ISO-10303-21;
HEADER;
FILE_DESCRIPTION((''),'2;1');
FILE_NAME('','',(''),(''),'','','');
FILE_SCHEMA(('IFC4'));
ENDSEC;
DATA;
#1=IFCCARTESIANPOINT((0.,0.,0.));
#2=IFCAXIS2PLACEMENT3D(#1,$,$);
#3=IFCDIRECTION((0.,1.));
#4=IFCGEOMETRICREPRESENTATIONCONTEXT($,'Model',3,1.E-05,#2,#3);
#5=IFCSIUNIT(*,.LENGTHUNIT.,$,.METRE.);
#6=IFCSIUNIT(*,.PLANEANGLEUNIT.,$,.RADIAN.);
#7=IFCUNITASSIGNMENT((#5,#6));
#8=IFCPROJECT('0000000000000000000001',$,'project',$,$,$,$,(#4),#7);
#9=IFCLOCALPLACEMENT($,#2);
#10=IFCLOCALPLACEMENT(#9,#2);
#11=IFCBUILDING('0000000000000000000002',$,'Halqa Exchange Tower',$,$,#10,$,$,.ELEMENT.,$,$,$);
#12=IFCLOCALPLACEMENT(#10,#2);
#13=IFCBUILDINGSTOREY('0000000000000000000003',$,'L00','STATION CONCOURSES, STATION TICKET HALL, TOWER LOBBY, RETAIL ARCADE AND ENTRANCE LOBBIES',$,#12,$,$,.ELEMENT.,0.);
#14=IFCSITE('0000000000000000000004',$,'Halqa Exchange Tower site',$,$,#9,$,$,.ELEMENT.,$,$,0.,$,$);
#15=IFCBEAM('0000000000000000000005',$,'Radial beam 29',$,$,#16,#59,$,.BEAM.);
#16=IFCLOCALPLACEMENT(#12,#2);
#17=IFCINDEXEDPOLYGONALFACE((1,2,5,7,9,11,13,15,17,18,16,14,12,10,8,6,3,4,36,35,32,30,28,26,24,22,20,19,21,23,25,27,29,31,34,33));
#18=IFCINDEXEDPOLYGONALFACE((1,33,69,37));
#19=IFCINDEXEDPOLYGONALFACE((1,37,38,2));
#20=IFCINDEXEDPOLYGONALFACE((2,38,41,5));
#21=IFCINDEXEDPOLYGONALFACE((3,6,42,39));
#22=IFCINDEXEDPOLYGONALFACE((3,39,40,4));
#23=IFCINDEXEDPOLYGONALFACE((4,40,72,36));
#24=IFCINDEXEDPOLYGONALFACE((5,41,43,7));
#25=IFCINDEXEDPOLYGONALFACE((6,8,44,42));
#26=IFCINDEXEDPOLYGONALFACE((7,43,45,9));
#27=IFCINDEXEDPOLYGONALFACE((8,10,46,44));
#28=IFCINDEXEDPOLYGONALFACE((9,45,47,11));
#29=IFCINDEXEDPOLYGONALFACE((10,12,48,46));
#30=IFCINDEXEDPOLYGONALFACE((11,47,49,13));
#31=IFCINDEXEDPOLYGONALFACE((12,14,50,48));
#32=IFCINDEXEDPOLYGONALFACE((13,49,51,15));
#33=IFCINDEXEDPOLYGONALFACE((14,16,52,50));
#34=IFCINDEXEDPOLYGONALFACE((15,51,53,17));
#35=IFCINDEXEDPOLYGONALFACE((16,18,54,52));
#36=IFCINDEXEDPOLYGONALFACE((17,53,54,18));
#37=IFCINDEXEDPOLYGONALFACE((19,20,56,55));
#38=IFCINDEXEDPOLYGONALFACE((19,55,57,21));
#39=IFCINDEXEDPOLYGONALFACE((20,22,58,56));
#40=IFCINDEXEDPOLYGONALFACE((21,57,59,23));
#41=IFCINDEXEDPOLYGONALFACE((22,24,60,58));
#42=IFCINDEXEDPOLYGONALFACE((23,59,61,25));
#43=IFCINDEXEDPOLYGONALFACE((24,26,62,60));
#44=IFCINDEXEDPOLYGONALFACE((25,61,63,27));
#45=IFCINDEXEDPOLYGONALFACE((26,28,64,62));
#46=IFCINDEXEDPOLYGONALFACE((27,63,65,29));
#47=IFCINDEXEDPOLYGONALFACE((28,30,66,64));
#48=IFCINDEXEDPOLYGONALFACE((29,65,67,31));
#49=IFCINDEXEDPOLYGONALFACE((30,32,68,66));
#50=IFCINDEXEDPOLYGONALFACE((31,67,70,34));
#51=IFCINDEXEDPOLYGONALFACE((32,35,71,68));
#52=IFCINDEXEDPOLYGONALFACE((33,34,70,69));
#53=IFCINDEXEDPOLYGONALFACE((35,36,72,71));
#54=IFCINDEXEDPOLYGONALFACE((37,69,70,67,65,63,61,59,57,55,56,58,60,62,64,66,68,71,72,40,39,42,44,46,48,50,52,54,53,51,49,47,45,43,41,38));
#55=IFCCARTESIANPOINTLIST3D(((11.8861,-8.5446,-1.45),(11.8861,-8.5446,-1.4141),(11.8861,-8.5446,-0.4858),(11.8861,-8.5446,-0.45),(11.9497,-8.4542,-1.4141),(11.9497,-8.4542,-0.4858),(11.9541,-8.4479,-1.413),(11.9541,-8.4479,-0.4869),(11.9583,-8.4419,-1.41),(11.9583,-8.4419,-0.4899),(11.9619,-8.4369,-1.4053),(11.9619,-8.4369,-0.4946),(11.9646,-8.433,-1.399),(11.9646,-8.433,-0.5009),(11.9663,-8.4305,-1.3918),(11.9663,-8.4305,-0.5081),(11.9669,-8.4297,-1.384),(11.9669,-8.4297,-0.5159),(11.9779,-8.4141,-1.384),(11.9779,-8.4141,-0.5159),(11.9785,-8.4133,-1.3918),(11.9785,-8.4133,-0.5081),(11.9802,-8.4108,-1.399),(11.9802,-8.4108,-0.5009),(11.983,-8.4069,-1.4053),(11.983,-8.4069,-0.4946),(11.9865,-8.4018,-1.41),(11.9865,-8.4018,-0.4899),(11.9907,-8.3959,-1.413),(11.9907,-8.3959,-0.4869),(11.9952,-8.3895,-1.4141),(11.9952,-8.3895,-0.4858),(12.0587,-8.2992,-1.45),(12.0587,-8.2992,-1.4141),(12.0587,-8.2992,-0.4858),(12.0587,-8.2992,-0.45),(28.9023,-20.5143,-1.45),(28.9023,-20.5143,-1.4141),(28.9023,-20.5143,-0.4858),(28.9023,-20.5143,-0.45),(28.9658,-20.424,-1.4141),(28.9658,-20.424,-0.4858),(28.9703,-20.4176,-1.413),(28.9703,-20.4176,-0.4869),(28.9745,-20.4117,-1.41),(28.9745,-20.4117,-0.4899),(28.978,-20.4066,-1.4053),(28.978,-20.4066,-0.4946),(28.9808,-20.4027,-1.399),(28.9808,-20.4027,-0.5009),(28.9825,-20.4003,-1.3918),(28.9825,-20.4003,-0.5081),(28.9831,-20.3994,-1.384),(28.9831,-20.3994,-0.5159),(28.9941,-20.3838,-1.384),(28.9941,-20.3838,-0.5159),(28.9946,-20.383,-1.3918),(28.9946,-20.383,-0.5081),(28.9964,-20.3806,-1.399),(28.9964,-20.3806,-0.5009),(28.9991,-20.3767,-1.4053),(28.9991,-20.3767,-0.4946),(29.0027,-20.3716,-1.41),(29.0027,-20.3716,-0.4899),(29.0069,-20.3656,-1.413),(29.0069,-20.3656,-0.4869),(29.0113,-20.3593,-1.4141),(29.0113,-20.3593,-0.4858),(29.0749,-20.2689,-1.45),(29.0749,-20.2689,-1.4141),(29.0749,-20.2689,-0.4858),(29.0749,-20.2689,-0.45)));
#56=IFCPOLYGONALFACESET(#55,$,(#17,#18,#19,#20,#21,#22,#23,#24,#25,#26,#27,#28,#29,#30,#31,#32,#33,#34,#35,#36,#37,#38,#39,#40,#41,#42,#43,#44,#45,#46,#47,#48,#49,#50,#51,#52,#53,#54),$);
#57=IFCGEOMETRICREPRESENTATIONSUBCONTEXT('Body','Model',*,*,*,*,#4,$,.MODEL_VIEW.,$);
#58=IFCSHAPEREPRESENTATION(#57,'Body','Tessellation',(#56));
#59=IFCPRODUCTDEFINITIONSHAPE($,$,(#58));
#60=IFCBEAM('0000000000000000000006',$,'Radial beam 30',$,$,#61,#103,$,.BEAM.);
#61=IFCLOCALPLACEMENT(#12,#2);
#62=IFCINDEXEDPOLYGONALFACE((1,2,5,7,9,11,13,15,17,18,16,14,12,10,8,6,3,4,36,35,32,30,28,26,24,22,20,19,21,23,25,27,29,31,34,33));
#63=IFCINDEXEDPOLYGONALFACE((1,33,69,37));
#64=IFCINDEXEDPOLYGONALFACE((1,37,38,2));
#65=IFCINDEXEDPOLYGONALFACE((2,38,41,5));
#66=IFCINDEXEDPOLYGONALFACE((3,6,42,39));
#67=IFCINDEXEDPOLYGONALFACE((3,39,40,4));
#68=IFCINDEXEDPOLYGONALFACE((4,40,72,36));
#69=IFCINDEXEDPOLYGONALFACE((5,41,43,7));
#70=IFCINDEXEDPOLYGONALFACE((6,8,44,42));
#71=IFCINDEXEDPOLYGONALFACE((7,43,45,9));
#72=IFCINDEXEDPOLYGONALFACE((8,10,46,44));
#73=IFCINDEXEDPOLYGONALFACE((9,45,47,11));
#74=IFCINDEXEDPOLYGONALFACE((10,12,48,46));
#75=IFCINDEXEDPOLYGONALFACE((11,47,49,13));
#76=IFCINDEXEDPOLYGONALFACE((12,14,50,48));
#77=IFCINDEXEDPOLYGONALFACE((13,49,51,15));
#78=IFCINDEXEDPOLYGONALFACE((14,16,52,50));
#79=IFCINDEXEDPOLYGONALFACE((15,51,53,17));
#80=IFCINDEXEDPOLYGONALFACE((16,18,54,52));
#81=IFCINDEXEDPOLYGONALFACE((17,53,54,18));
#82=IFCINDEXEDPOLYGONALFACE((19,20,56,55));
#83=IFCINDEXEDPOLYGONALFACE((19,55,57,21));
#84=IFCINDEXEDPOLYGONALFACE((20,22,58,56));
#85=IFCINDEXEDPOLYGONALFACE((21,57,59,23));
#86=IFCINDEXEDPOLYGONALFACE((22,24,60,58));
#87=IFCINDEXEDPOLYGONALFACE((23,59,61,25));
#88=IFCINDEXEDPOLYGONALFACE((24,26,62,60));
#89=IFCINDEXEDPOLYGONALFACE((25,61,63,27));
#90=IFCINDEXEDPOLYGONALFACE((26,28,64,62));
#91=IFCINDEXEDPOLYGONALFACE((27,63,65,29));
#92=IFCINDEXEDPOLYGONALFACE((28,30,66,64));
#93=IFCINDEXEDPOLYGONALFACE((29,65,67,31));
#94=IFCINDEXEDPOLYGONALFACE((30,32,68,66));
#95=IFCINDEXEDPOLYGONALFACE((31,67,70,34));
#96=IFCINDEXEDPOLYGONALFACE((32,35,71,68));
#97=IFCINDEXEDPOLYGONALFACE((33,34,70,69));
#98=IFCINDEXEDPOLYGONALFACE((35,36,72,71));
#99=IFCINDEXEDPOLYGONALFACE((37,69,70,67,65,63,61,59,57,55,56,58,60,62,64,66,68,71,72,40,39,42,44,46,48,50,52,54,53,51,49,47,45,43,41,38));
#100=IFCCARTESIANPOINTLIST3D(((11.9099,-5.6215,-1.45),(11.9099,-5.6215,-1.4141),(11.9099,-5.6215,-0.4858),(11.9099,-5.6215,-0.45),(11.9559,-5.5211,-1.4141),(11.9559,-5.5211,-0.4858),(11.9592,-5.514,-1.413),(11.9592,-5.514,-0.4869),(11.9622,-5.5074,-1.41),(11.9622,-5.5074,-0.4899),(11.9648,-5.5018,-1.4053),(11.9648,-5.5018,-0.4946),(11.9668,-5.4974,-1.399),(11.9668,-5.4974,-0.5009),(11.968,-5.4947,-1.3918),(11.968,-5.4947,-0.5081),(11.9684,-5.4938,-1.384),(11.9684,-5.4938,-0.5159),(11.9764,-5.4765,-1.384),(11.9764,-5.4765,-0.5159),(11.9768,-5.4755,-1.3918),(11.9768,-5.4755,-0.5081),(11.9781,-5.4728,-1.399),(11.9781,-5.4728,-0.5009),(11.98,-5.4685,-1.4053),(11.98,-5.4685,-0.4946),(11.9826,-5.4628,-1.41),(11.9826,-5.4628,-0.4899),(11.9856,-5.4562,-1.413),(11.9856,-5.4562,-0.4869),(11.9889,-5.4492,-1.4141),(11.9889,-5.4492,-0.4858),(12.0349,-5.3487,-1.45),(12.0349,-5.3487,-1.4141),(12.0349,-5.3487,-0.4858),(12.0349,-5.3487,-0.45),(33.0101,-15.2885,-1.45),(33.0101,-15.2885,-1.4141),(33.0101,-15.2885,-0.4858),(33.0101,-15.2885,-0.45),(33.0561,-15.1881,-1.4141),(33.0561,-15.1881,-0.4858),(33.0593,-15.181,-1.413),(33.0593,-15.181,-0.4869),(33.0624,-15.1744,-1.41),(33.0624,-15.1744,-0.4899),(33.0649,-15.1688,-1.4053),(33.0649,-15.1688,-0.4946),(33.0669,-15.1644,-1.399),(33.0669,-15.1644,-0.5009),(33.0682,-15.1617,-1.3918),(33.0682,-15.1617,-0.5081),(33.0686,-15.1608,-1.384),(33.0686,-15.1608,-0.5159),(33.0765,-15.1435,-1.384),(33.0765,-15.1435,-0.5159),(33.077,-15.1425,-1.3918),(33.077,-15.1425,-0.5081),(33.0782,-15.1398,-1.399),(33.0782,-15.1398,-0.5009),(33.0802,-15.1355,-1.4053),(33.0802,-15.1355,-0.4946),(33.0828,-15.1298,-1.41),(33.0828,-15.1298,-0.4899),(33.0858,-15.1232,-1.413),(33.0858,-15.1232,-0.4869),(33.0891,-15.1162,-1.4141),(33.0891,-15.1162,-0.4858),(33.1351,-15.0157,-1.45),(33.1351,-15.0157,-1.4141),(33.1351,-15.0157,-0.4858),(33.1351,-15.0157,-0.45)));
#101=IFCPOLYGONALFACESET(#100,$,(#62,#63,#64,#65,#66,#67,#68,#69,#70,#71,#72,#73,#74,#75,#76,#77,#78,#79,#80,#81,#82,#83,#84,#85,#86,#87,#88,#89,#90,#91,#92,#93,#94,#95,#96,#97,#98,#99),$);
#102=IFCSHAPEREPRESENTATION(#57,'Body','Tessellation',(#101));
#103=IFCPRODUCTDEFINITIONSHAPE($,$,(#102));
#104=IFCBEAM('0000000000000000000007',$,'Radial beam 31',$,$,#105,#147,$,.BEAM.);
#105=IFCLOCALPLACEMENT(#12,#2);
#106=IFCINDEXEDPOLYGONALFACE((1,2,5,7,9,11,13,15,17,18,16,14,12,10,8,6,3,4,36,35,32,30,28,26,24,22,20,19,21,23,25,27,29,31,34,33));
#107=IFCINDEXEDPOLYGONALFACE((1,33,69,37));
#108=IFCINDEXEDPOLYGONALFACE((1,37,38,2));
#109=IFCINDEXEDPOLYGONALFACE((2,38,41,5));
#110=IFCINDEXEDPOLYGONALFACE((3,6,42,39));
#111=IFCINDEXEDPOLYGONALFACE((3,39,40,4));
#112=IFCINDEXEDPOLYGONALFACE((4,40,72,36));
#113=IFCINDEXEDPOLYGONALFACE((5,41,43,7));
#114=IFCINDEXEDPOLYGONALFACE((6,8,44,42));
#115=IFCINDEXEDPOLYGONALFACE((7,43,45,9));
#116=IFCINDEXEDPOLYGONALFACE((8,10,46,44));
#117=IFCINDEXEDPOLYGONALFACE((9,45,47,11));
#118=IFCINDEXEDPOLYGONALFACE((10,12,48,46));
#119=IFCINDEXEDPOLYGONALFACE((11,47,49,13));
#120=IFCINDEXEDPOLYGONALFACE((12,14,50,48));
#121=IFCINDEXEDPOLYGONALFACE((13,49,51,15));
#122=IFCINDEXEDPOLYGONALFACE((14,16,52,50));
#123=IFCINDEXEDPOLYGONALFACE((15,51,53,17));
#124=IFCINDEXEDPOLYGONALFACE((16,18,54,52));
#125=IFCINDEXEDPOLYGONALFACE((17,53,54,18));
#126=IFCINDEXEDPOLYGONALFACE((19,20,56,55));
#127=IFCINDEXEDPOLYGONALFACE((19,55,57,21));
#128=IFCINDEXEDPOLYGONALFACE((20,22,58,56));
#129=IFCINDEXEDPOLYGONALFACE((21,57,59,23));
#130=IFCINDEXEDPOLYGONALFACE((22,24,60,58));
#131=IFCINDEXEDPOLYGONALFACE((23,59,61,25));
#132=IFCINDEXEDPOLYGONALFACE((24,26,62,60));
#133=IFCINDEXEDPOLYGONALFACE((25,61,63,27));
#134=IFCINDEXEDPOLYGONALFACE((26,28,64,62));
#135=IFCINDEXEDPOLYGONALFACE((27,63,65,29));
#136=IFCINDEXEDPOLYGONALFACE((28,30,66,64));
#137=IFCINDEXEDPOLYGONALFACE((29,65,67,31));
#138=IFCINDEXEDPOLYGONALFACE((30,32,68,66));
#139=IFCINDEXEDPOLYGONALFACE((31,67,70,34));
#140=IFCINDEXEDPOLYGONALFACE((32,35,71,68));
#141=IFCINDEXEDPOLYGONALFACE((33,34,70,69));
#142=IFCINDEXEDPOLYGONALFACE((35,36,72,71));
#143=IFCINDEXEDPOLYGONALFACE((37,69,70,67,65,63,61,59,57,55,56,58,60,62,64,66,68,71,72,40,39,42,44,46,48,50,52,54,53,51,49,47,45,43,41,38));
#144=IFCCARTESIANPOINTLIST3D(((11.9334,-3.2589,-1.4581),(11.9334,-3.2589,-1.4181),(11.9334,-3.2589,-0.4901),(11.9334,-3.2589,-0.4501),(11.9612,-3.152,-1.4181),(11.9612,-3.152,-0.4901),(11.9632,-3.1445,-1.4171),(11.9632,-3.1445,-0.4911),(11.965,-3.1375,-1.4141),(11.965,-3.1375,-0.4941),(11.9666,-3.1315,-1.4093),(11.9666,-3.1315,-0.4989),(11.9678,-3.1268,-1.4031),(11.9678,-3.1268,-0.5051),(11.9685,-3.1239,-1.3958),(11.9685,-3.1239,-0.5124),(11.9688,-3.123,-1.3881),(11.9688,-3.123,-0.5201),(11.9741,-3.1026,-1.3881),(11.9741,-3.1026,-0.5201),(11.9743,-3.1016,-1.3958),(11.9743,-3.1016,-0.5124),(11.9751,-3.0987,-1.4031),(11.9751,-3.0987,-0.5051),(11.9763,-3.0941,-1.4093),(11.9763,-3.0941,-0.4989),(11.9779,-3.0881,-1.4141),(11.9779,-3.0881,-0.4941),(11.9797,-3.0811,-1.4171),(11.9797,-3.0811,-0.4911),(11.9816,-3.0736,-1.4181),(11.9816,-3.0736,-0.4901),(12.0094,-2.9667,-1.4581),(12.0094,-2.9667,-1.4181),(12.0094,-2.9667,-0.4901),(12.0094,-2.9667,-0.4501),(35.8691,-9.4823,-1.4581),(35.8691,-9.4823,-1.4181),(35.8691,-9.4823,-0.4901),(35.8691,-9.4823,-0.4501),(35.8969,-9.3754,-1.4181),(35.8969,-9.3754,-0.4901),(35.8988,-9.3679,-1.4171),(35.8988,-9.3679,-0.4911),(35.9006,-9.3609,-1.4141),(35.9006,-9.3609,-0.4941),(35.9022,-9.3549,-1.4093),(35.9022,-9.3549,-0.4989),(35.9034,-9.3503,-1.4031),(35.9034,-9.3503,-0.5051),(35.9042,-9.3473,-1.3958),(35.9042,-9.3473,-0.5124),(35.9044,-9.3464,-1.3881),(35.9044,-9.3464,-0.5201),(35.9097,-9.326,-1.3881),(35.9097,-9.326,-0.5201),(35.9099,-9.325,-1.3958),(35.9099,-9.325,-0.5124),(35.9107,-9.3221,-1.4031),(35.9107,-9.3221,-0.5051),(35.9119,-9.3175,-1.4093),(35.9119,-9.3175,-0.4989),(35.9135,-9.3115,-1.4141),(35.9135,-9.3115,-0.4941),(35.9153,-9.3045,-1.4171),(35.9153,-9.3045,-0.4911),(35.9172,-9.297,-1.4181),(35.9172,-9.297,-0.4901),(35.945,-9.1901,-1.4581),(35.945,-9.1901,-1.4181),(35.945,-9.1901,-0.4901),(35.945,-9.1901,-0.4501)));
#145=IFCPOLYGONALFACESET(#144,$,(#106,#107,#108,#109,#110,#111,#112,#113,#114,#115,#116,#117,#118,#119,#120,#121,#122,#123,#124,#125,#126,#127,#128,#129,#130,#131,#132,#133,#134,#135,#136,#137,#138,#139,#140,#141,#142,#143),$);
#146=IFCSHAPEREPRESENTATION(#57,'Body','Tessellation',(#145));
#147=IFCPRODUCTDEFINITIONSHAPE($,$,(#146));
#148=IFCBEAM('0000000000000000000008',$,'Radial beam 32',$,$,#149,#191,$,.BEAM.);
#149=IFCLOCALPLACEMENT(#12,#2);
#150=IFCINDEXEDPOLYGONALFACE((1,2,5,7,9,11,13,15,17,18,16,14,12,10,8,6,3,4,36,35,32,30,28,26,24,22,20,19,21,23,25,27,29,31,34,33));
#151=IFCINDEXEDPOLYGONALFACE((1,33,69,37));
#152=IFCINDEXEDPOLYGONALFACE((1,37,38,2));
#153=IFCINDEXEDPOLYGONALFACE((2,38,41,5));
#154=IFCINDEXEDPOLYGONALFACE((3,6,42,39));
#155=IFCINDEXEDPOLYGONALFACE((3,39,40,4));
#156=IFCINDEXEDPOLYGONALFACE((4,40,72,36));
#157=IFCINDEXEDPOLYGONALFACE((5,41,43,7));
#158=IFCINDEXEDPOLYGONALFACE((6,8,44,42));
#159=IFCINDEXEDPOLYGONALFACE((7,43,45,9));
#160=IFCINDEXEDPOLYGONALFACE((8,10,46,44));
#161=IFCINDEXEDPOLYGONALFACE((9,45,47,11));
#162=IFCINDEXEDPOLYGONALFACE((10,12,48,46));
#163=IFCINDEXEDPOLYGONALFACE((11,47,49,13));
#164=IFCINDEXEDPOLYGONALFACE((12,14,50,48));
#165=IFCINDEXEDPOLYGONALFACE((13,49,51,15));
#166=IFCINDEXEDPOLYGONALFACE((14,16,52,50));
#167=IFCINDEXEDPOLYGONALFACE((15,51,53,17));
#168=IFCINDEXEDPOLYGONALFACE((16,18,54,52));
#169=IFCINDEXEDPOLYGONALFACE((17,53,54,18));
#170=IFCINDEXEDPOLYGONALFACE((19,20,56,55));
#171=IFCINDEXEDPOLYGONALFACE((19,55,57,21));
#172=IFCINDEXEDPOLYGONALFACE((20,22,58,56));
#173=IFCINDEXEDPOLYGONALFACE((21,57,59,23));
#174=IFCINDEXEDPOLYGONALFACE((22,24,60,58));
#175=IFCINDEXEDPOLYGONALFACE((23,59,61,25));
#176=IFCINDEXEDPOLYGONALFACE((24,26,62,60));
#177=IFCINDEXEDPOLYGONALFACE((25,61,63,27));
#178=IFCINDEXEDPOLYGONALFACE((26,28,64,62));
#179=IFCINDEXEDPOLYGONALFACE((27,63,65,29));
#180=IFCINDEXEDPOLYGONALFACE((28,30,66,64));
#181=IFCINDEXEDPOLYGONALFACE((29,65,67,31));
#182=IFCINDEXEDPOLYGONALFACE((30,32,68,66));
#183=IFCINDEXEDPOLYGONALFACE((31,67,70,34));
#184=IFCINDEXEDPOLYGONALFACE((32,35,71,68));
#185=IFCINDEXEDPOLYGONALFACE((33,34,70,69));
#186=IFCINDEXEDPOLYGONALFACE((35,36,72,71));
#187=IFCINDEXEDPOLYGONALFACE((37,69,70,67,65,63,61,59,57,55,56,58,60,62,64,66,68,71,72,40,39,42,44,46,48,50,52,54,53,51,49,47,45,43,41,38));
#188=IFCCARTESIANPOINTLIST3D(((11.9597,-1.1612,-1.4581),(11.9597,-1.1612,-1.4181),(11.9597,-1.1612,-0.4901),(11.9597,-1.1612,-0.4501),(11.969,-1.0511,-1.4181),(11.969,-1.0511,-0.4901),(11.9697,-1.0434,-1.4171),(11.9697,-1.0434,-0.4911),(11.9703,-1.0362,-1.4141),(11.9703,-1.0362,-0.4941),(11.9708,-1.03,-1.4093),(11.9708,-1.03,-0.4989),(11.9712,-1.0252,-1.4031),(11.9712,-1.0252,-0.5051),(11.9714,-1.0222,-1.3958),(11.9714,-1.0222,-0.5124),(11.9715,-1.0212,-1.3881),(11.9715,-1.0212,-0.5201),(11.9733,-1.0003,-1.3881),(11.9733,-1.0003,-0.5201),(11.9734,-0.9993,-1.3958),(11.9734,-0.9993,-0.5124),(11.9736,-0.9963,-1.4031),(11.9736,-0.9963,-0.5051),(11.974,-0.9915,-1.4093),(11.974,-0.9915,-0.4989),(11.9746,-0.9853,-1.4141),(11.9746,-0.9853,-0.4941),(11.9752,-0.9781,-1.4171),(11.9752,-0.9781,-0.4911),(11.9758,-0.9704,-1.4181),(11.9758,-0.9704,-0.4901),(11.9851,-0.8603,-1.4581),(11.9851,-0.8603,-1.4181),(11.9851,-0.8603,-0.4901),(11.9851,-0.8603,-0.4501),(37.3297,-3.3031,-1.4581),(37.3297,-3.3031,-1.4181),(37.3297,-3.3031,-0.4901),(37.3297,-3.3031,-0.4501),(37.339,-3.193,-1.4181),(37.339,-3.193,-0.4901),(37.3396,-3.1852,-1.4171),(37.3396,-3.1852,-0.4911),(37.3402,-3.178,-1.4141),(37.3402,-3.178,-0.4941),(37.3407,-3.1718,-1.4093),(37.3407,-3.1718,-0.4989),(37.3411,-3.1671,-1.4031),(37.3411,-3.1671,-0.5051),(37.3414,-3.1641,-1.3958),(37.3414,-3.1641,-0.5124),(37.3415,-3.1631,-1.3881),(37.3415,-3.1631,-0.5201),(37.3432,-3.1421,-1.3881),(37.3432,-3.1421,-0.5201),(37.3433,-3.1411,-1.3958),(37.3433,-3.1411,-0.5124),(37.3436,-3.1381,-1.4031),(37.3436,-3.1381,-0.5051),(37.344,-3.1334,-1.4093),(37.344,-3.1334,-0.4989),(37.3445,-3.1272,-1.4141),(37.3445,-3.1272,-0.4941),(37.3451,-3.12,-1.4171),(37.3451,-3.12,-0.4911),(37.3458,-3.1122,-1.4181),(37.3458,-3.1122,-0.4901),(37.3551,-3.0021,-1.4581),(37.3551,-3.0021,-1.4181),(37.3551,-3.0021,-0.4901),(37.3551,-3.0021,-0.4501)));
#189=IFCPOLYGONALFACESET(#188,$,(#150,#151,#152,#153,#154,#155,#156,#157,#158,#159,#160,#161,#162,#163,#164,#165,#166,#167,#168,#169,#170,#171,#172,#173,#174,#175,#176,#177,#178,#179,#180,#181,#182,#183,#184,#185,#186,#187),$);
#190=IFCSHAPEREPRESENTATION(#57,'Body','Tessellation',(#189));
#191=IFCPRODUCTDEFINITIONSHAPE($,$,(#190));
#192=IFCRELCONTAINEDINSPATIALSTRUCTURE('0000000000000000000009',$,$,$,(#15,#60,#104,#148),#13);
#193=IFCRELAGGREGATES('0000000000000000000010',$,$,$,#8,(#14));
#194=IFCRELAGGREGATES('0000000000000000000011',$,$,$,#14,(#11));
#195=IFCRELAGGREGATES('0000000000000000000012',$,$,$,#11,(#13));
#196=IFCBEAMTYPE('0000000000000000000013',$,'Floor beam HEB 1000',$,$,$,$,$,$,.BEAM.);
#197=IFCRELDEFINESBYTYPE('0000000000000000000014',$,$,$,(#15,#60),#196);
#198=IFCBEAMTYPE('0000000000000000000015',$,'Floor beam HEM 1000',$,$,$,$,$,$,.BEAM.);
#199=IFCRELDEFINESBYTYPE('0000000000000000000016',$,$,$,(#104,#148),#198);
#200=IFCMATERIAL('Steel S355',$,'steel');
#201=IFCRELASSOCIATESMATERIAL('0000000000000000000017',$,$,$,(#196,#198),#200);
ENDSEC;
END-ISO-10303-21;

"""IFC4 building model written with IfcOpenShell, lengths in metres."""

from ifc_helpers import new_model, si_unit, direction, frame, origin, origin_2d, place, context, subcontext, project, spatial, i_section, extrude, material, material_profile, profile_set, type_object, element, save


model = new_model("IFC4")

# Units and contexts
model_context = context("Model", 3, precision=1e-05, world=origin(), true_north=direction((0.0, 1.0)))
body_context = subcontext(model_context, "Body", "Model", "MODEL_VIEW")
ifc_project = project(units=[si_unit("LENGTHUNIT", "METRE"), si_unit("PLANEANGLEUNIT", "RADIAN")], contexts=[model_context])

# Site, building, storey
site_placement = place(None, origin())
site = spatial("IfcSite", under=ifc_project, at=site_placement, Name="Halqa Exchange Tower site", CompositionType="ELEMENT", RefElevation=0.0)
building_placement = place(site_placement, origin())
building = spatial("IfcBuilding", under=site, at=building_placement, Name="Halqa Exchange Tower", CompositionType="ELEMENT")
storey_placement = place(building_placement, origin())
storey = spatial("IfcBuildingStorey", under=building, at=storey_placement, Name="L00", Description="STATION CONCOURSES, STATION TICKET HALL, TOWER LOBBY, RETAIL ARCADE AND ENTRANCE LOBBIES", CompositionType="ELEMENT", Elevation=0.0)

# Beams
ifc_material_1 = material(Name="Steel S355", Category="steel")
ifc_material_profile_1 = material_profile(ifc_material_1, i_section(OverallWidth=0.3, OverallDepth=1.0, WebThickness=0.019, FlangeThickness=0.0359, FilletRadius=0.03, at=origin_2d()), Name="HEB 1000")
ifc_profile_set_1 = profile_set([ifc_material_profile_1], Name="Steel S355")
beam_type_1 = type_object("IfcBeamType", Name="Floor beam HEB 1000", PredefinedType="BEAM", material=ifc_profile_set_1)
beam_1_placement = place(storey_placement, frame((11.9724, -8.4219, -0.95), z_axis=(0.81791, -0.575346, 0.0), x_axis=(0.575346, 0.81791, 0.0)))
element("IfcBeam", 1, at=beam_1_placement, inside=storey, type_object=beam_type_1, Name="Radial beam 29", PredefinedType="BEAM", context=body_context, shape_type="SweptSolid", body=[
    extrude(i_section(OverallWidth=0.3, OverallDepth=1.0, WebThickness=0.019, FlangeThickness=0.0359, FilletRadius=0.03, at=origin_2d()), origin(), (0.0, 0.0, 1.0), 20.8044),
])
beam_2_placement = place(storey_placement, frame((11.9724, -5.4851, -0.95), z_axis=(0.909128, -0.416516, 0.0), x_axis=(0.416516, 0.909128, 0.0)))
element("IfcBeam", 2, at=beam_2_placement, inside=storey, type_object=beam_type_1, Name="Radial beam 30", PredefinedType="BEAM", context=body_context, shape_type="SweptSolid", body=[
    extrude(i_section(OverallWidth=0.3, OverallDepth=1.0, WebThickness=0.019, FlangeThickness=0.0359, FilletRadius=0.03, at=origin_2d()), origin(), (0.0, 0.0, 1.0), 23.2092),
])
ifc_material_profile_2 = material_profile(ifc_material_1, i_section(OverallWidth=0.302, OverallDepth=1.0081, WebThickness=0.021, FlangeThickness=0.04, FilletRadius=0.03, at=origin_2d()), Name="HEM 1000")
ifc_profile_set_2 = profile_set([ifc_material_profile_2], Name="Steel S355")
beam_type_2 = type_object("IfcBeamType", Name="Floor beam HEM 1000", PredefinedType="BEAM", material=ifc_profile_set_2)
beam_3_placement = place(storey_placement, frame((11.9714, -3.1128, -0.9541), z_axis=(0.967821, -0.251639, 0.0), x_axis=(0.251639, 0.967821, 0.0)))
element("IfcBeam", 3, at=beam_3_placement, inside=storey, type_object=beam_type_2, Name="Radial beam 31", PredefinedType="BEAM", context=body_context, shape_type="SweptSolid", body=[
    extrude(i_section(OverallWidth=0.302, OverallDepth=1.0081, WebThickness=0.021, FlangeThickness=0.04, FilletRadius=0.03, at=origin_2d()), origin(), (0.0, 0.0, 1.0), 24.7314),
])
beam_4_placement = place(storey_placement, frame((11.9724, -1.0107, -0.9541), z_axis=(0.996455, -0.084125, 0.0), x_axis=(0.084125, 0.996455, 0.0)))
element("IfcBeam", 4, at=beam_4_placement, inside=storey, type_object=beam_type_2, Name="Radial beam 32", PredefinedType="BEAM", context=body_context, shape_type="SweptSolid", body=[
    extrude(i_section(OverallWidth=0.302, OverallDepth=1.0081, WebThickness=0.021, FlangeThickness=0.04, FilletRadius=0.03, at=origin_2d()), origin(), (0.0, 0.0, 1.0), 25.4602),
])

save(model, "model.ifc")
